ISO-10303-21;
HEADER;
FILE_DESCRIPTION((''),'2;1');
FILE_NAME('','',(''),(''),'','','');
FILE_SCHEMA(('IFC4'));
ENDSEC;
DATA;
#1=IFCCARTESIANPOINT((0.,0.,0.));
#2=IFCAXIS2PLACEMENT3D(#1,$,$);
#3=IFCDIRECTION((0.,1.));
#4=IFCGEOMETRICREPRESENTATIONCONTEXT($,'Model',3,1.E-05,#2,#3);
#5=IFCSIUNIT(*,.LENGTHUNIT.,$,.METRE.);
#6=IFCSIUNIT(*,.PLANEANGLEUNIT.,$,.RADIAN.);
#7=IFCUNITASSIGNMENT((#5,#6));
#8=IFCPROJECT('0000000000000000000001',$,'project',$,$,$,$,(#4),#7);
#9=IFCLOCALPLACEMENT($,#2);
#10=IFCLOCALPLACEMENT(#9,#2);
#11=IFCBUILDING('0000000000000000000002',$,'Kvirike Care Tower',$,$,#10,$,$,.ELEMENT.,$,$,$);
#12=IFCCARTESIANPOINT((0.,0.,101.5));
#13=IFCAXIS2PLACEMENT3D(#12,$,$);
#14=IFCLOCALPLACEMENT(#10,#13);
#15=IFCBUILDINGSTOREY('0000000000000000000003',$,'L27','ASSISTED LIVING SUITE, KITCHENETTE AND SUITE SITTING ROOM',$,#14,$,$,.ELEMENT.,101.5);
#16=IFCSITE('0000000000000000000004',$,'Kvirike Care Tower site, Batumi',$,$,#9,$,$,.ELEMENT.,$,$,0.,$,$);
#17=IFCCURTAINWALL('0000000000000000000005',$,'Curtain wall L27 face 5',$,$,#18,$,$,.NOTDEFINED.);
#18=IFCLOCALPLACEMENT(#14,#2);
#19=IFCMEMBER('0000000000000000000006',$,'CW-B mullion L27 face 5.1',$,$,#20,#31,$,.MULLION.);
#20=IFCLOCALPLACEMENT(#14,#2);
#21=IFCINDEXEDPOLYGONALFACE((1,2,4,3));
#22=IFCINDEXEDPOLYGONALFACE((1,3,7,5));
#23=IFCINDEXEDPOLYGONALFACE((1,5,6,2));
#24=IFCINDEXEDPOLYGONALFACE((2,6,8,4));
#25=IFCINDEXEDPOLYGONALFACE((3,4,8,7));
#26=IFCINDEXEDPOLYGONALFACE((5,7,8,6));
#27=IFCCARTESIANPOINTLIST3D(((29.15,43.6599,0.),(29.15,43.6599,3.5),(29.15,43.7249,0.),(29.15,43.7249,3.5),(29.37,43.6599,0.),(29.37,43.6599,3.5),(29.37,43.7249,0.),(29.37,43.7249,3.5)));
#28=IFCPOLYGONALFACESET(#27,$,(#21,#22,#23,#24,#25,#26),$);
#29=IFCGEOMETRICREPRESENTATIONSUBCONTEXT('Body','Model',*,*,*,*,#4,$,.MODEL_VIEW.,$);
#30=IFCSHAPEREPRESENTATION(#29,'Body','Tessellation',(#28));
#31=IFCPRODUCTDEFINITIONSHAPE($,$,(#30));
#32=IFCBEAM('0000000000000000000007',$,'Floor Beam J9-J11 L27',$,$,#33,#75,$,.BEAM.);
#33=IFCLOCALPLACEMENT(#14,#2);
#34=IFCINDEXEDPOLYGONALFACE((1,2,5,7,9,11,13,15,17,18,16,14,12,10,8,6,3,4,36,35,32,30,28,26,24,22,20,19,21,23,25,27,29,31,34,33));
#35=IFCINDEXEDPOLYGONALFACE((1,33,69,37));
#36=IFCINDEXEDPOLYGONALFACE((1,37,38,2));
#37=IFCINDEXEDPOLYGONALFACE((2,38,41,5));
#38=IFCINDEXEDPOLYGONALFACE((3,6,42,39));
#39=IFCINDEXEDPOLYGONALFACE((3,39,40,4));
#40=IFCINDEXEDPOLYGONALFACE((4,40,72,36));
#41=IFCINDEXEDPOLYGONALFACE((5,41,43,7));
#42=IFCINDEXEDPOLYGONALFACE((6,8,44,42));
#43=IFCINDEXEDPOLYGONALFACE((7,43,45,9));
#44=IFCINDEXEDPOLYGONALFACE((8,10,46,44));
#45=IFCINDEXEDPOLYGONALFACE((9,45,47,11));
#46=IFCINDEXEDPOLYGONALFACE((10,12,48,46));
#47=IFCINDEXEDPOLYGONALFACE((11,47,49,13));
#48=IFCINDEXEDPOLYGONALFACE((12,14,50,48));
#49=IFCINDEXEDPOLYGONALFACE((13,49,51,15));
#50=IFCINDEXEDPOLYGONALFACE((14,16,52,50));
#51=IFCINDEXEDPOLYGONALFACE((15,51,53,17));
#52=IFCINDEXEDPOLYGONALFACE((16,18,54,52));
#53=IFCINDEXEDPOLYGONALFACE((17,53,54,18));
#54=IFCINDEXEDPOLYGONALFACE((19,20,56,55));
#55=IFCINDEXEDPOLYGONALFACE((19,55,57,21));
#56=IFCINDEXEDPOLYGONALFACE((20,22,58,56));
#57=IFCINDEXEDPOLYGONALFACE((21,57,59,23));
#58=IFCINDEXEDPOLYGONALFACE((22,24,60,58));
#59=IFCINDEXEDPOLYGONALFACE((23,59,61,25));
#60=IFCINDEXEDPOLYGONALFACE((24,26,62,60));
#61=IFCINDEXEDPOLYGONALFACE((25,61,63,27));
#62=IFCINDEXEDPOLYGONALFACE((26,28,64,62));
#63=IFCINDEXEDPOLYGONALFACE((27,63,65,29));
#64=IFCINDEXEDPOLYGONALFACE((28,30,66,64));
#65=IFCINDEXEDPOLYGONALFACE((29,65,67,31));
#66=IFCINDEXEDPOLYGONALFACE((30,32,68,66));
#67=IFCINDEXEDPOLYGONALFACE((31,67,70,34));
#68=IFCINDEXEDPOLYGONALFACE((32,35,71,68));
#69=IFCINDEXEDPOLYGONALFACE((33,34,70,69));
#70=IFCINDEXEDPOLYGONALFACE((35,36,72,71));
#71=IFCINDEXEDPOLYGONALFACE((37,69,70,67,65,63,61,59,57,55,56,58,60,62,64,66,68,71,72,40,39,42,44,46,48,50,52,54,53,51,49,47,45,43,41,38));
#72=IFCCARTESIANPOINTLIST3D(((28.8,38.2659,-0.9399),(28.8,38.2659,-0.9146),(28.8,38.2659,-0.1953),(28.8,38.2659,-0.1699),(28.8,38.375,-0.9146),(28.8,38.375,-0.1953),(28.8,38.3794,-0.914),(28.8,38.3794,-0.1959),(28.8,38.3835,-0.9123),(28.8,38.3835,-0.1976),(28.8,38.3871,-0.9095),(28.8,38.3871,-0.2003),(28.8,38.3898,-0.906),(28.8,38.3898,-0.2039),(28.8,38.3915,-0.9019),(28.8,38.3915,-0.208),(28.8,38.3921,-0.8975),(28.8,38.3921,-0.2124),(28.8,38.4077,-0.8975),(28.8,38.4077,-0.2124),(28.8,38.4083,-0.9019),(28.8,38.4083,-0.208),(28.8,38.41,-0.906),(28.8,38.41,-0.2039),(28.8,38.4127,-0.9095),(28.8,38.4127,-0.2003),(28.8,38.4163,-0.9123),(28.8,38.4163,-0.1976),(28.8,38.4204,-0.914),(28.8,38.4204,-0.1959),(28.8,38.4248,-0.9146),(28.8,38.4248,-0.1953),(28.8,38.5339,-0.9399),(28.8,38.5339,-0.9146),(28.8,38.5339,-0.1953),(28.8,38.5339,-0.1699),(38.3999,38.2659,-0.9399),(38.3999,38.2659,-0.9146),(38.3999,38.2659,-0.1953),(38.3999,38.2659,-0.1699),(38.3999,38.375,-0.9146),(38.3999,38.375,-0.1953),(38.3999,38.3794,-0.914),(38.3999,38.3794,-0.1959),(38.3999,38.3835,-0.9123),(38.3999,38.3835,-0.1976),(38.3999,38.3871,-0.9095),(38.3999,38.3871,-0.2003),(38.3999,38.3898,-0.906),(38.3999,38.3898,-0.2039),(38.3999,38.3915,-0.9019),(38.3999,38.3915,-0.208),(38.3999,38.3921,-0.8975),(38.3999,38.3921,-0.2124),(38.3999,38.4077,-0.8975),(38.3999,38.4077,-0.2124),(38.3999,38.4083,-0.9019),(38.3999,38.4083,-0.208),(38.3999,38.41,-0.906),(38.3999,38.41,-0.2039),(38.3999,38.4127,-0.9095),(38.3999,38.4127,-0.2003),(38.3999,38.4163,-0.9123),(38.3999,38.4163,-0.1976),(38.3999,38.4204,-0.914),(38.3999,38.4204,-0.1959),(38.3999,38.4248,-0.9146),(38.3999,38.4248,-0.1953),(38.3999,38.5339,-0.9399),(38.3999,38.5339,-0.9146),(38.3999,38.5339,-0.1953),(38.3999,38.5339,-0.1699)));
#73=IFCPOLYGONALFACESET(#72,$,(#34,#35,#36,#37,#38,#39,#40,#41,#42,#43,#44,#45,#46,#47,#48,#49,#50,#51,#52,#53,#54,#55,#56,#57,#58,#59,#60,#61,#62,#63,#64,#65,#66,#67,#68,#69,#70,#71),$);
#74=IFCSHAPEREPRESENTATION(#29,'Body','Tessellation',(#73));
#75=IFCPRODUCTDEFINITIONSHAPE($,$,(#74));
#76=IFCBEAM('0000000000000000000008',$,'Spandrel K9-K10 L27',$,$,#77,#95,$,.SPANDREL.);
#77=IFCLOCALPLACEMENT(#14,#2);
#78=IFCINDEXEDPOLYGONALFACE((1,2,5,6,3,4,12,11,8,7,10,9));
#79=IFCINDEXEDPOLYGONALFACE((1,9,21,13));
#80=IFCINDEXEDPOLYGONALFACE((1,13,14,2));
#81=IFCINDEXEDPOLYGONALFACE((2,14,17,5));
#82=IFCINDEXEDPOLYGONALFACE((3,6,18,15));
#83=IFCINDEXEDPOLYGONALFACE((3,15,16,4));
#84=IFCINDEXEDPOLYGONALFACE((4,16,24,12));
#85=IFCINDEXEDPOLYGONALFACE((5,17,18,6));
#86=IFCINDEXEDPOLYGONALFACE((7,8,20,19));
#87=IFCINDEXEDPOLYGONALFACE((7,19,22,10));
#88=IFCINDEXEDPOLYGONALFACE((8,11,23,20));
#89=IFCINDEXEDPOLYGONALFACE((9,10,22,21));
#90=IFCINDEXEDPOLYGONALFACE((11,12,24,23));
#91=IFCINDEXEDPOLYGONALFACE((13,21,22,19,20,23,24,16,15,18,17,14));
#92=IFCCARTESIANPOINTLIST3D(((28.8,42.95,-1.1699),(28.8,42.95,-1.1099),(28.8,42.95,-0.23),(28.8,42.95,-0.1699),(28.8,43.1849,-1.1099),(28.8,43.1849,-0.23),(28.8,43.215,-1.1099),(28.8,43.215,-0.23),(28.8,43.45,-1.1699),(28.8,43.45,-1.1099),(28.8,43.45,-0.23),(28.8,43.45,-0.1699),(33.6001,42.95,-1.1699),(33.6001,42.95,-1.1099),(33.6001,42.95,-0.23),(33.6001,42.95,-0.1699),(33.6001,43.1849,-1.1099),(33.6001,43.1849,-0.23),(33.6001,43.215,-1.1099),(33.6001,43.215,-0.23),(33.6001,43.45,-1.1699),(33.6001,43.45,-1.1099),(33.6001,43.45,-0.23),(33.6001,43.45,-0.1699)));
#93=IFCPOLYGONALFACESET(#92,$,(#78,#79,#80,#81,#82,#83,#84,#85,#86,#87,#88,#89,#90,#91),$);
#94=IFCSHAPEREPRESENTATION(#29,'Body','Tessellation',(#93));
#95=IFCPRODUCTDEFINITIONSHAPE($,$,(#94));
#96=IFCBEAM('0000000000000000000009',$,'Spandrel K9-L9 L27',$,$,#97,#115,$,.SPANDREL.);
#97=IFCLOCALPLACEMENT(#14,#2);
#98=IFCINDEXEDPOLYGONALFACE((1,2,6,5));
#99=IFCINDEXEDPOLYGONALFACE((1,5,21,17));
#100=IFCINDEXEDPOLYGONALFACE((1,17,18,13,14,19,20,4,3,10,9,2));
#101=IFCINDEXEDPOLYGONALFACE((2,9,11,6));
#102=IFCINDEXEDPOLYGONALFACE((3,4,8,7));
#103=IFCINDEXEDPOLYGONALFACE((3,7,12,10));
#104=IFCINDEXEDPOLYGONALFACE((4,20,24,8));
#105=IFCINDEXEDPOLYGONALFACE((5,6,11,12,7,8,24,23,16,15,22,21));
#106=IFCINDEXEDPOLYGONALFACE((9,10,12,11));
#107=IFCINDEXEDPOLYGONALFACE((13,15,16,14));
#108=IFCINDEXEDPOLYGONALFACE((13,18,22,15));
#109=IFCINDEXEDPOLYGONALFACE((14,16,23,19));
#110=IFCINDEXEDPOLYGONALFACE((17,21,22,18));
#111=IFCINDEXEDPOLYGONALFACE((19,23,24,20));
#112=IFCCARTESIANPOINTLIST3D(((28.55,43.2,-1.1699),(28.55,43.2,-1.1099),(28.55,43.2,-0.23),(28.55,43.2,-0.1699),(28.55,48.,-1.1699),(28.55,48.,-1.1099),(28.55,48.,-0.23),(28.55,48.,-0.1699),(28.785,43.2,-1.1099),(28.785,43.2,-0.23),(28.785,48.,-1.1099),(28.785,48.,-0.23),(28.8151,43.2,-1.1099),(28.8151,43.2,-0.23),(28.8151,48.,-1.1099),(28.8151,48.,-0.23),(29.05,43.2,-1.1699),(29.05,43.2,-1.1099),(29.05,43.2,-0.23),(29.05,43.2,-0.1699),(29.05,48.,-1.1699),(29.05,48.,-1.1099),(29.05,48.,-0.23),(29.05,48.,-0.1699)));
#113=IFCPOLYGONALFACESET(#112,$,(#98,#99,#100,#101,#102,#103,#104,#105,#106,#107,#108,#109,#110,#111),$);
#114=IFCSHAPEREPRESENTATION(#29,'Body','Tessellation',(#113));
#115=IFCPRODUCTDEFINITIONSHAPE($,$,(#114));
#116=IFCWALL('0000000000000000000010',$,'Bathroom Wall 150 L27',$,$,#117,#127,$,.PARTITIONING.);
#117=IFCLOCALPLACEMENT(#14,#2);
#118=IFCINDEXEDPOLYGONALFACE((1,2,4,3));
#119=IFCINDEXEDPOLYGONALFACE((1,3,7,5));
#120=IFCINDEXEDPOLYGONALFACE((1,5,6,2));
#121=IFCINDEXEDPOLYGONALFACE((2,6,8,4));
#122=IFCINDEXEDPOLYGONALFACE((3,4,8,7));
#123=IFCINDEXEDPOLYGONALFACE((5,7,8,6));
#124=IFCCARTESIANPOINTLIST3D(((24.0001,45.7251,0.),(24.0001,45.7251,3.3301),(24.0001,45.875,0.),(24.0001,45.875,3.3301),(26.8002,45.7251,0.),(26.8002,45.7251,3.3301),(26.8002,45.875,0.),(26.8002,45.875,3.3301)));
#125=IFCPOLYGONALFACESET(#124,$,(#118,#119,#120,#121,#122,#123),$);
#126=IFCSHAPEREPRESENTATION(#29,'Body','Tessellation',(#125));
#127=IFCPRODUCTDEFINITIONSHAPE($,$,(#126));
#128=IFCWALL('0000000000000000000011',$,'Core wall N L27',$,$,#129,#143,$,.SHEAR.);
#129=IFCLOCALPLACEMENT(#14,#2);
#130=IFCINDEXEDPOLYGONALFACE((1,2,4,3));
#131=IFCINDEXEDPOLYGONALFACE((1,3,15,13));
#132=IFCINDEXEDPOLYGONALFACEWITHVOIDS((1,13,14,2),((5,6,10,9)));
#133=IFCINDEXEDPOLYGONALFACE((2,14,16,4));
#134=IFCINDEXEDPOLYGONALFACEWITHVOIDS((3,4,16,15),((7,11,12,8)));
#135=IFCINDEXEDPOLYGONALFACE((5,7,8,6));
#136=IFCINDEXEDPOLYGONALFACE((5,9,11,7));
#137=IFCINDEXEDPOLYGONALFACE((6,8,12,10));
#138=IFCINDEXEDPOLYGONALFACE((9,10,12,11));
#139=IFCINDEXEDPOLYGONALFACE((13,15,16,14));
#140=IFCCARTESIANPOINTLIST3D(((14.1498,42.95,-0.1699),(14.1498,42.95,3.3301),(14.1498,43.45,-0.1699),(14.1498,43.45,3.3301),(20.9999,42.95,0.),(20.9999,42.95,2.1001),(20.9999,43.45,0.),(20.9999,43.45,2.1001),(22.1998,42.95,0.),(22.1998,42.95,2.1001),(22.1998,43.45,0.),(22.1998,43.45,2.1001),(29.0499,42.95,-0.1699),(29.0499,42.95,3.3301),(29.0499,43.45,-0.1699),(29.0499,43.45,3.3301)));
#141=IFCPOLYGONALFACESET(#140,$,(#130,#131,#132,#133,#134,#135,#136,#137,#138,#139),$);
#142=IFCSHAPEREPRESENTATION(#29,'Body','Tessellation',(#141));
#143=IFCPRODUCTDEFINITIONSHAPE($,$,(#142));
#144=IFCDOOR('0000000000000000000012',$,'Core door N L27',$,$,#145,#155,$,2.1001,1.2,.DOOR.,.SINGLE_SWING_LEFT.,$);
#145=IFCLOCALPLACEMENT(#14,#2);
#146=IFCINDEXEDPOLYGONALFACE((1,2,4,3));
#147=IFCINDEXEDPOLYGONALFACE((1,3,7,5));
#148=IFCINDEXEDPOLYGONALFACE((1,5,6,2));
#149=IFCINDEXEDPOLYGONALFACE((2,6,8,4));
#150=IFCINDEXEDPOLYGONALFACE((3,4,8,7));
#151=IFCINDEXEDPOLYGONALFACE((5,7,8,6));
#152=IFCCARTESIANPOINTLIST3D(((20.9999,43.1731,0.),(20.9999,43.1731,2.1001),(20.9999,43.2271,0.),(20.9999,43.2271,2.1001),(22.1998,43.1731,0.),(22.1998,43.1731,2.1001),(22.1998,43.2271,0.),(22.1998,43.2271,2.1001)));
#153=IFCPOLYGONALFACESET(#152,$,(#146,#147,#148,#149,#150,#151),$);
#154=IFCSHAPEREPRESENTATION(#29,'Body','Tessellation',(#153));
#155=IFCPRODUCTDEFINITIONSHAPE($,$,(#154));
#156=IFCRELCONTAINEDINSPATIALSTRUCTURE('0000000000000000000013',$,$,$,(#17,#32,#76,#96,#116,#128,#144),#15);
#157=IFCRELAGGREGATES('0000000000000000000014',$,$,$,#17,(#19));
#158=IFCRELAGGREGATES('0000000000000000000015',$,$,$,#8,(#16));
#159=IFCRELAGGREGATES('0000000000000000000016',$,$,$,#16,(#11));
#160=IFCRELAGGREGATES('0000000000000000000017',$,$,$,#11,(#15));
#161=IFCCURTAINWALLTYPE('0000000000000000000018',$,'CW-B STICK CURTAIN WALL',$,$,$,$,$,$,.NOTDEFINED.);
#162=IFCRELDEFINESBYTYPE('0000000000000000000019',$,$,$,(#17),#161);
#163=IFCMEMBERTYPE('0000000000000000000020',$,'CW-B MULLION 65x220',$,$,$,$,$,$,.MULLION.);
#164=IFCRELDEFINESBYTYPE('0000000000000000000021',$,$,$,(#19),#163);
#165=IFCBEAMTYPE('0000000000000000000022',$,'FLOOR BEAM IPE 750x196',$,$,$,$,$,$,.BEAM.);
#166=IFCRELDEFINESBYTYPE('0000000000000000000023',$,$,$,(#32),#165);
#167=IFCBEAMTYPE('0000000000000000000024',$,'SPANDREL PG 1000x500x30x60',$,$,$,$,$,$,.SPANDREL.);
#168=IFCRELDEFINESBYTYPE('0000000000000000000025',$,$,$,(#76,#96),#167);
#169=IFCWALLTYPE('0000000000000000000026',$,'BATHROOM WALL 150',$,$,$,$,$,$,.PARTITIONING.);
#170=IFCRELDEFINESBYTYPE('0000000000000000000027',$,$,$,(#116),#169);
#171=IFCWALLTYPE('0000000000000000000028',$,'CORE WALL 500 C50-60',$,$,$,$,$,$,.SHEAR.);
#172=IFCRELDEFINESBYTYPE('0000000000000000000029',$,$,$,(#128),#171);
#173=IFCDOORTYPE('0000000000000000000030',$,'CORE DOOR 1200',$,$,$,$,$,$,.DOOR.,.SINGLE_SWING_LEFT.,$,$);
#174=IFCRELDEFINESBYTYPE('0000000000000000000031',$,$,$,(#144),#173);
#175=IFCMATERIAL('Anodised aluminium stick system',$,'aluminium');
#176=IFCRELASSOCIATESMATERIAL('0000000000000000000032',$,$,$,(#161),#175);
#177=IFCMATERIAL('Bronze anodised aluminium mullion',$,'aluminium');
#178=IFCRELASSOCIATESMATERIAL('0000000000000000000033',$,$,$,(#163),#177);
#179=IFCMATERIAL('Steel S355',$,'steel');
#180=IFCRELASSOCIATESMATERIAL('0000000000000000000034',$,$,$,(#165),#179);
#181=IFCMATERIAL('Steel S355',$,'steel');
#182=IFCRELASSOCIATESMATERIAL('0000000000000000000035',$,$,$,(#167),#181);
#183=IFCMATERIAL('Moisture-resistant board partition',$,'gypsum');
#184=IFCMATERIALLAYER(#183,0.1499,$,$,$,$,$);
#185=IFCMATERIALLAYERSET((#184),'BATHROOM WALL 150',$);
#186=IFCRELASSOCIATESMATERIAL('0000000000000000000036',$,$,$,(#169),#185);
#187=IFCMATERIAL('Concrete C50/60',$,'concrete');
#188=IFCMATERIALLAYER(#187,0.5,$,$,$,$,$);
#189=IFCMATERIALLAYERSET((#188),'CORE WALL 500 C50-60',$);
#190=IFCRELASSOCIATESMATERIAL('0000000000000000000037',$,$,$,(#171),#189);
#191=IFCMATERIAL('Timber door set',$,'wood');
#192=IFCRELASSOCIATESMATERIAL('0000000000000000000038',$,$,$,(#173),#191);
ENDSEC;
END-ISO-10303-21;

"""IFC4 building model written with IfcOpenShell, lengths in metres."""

from ifc_helpers import new_model, si_unit, direction, frame, frame_2d, origin, origin_2d, place, context, subcontext, project, spatial, rectangle, i_section, extrude, material, layer, layer_set, material_profile, profile_set, type_object, element, fill, aggregate, save


model = new_model("IFC4")

# Units and contexts
model_context = context("Model", 3, precision=1e-05, world=origin(), true_north=direction((0.0, 1.0)))
body_context = subcontext(model_context, "Body", "Model", "MODEL_VIEW")
ifc_project = project(units=[si_unit("LENGTHUNIT", "METRE"), si_unit("PLANEANGLEUNIT", "RADIAN")], contexts=[model_context])

# Site, building, storey
site_placement = place(None, origin())
site = spatial("IfcSite", under=ifc_project, at=site_placement, Name="Kvirike Care Tower site, Batumi", CompositionType="ELEMENT", RefElevation=0.0)
building_placement = place(site_placement, origin())
building = spatial("IfcBuilding", under=site, at=building_placement, Name="Kvirike Care Tower", CompositionType="ELEMENT")
storey_placement = place(building_placement, frame((0.0, 0.0, 101.5)))
storey = spatial("IfcBuildingStorey", under=building, at=storey_placement, Name="L27", Description="ASSISTED LIVING SUITE, KITCHENETTE AND SUITE SITTING ROOM", CompositionType="ELEMENT", Elevation=101.5)

# Curtain wall, member
ifc_material_1 = material(Name="Anodised aluminium stick system", Category="aluminium")
curtain_wall_type = type_object("IfcCurtainWallType", Name="CW-B STICK CURTAIN WALL", PredefinedType="NOTDEFINED", material=ifc_material_1)
curtain_wall_placement = place(storey_placement, origin())
curtain_wall = element("IfcCurtainWall", 1, at=curtain_wall_placement, inside=storey, type_object=curtain_wall_type, Name="Curtain wall L27 face 5", PredefinedType="NOTDEFINED")
ifc_material_2 = material(Name="Bronze anodised aluminium mullion", Category="aluminium")
ifc_material_profile_1 = material_profile(ifc_material_2, rectangle(XDim=0.0649, YDim=0.22, at=origin_2d()), Name="CW-B MULLION 65x220")
ifc_profile_set_1 = profile_set([ifc_material_profile_1], Name="Bronze anodised aluminium mullion")
member_type = type_object("IfcMemberType", Name="CW-B MULLION 65x220", PredefinedType="MULLION", material=ifc_profile_set_1)
member_placement = place(storey_placement, frame((29.26, 43.6924, 0.0), z_axis=(0.0, 0.0, 1.0), x_axis=(0.0, 1.0, 0.0)))
member = element("IfcMember", 2, at=member_placement, type_object=member_type, Name="CW-B mullion L27 face 5.1", PredefinedType="MULLION", context=body_context, shape_type="SweptSolid", body=[
    extrude(rectangle(XDim=0.0649, YDim=0.22, at=origin_2d()), origin(), (0.0, 0.0, 1.0), 3.5),
])
aggregate(curtain_wall, [member])

# Beams
ifc_material_3 = material(Name="Steel S355", Category="steel")
ifc_material_profile_2 = material_profile(ifc_material_3, i_section(OverallWidth=0.2681, OverallDepth=0.77, WebThickness=0.0156, FlangeThickness=0.0254, FilletRadius=0.0171, at=origin_2d()), Name="IPE 750x196")
ifc_profile_set_2 = profile_set([ifc_material_profile_2], Name="Steel S355")
beam_type_1 = type_object("IfcBeamType", Name="FLOOR BEAM IPE 750x196", PredefinedType="BEAM", material=ifc_profile_set_2)
beam_placement = place(storey_placement, frame((28.8, 38.3999, -0.5549), z_axis=(1.0, 0.0, 0.0), x_axis=(0.0, 1.0, 0.0)))
element("IfcBeam", 3, at=beam_placement, inside=storey, type_object=beam_type_1, Name="Floor Beam J9-J11 L27", PredefinedType="BEAM", context=body_context, shape_type="SweptSolid", body=[
    extrude(i_section(OverallWidth=0.2681, OverallDepth=0.77, WebThickness=0.0156, FlangeThickness=0.0254, FilletRadius=0.0171, at=origin_2d()), origin(), (0.0, 0.0, 1.0), 9.5999),
])
ifc_material_4 = material(Name="Steel S355", Category="steel")
ifc_material_profile_3 = material_profile(ifc_material_4, i_section(OverallWidth=0.5, OverallDepth=1.0, WebThickness=0.03, FlangeThickness=0.0601, at=origin_2d()), Name="PG 1000x500x30x60")
ifc_profile_set_3 = profile_set([ifc_material_profile_3], Name="Steel S355")
beam_type_2 = type_object("IfcBeamType", Name="SPANDREL PG 1000x500x30x60", PredefinedType="SPANDREL", material=ifc_profile_set_3)
for number, where, z_axis, x_axis, name in (
    (4, (28.8, 43.2, -0.6699), (1.0, 0.0, 0.0), (0.0, 1.0, 0.0), "Spandrel K9-K10 L27"),
    (5, (28.8, 43.2, -0.6699), (0.0, 1.0, 0.0), (-1.0, 0.0, 0.0), "Spandrel K9-L9 L27"),
):
    element("IfcBeam", number, at=place(storey_placement, frame(where, z_axis=z_axis, x_axis=x_axis)), inside=storey, type_object=beam_type_2, Name=name, PredefinedType="SPANDREL", context=body_context, shape_type="SweptSolid", body=[
        extrude(i_section(OverallWidth=0.5, OverallDepth=1.0, WebThickness=0.03, FlangeThickness=0.0601, at=origin_2d()), origin(), (0.0, 0.0, 1.0), 4.8),
    ])

# Wall
ifc_material_5 = material(Name="Moisture-resistant board partition", Category="gypsum")
ifc_layer_1 = layer(ifc_material_5, 0.1499)
ifc_layer_set_1 = layer_set([ifc_layer_1], Name="BATHROOM WALL 150")
wall_type_1 = type_object("IfcWallType", Name="BATHROOM WALL 150", PredefinedType="PARTITIONING", material=ifc_layer_set_1)
wall_1_placement = place(storey_placement, frame((26.8, 45.8, 0.0), z_axis=(0.0, 0.0, 1.0), x_axis=(-1.0, 0.0, 0.0)))
element("IfcWall", 6, at=wall_1_placement, inside=storey, type_object=wall_type_1, Name="Bathroom Wall 150 L27", PredefinedType="PARTITIONING", context=body_context, shape_type="SweptSolid", body=[
    extrude(rectangle(XDim=2.8, YDim=0.1499, at=frame_2d((1.3999, 0.0))), origin(), (0.0, 0.0, 1.0), 3.3301),
])

# Wall, opening, door
ifc_material_6 = material(Name="Concrete C50/60", Category="concrete")
ifc_layer_2 = layer(ifc_material_6, 0.5)
ifc_layer_set_2 = layer_set([ifc_layer_2], Name="CORE WALL 500 C50-60")
wall_type_2 = type_object("IfcWallType", Name="CORE WALL 500 C50-60", PredefinedType="SHEAR", material=ifc_layer_set_2)
wall_2_placement = place(storey_placement, frame((29.05, 43.2, -0.1699), z_axis=(0.0, 0.0, 1.0), x_axis=(-1.0, 0.0, 0.0)))
wall_2 = element("IfcWall", 7, at=wall_2_placement, inside=storey, type_object=wall_type_2, Name="Core wall N L27", PredefinedType="SHEAR", context=body_context, shape_type="SweptSolid", body=[
    extrude(rectangle(XDim=14.9001, YDim=0.5, at=frame_2d((7.4502, 0.0))), origin(), (0.0, 0.0, 1.0), 3.5),
])
opening_1_placement = place(wall_2_placement, frame((6.8501, 0.0, 0.1699)))
opening_1 = element("IfcOpeningElement", 8, at=opening_1_placement, cuts=wall_2, PredefinedType="OPENING", context=body_context, shape_type="SweptSolid", body=[
    extrude(rectangle(XDim=1.2, YDim=2.1001, at=frame_2d((0.6001, 1.05))), frame((0.0, 0.2605, 0.0), z_axis=(0.0, -1.0, 0.0), x_axis=(1.0, 0.0, 0.0)), (0.0, 0.0, 1.0), 0.521),
])
ifc_material_7 = material(Name="Timber door set", Category="wood")
door_type_1 = type_object("IfcDoorType", Name="CORE DOOR 1200", OperationType="SINGLE_SWING_LEFT", PredefinedType="DOOR", material=ifc_material_7)
door_1_placement = place(opening_1_placement, origin())
door_1 = element("IfcDoor", 9, at=door_1_placement, inside=storey, type_object=door_type_1, Name="Core door N L27", OperationType="SINGLE_SWING_LEFT", OverallHeight=2.1001, OverallWidth=1.2, PredefinedType="DOOR", context=body_context, shape_type="SweptSolid", body=[
    extrude(rectangle(XDim=1.2, YDim=2.1001, at=frame_2d((0.6001, 1.05))), frame((0.0, 0.0269, 0.0), z_axis=(0.0, -1.0, 0.0), x_axis=(1.0, 0.0, 0.0)), (0.0, 0.0, 1.0), 0.054),
])
fill(opening_1, door_1)

save(model, "model.ifc")
